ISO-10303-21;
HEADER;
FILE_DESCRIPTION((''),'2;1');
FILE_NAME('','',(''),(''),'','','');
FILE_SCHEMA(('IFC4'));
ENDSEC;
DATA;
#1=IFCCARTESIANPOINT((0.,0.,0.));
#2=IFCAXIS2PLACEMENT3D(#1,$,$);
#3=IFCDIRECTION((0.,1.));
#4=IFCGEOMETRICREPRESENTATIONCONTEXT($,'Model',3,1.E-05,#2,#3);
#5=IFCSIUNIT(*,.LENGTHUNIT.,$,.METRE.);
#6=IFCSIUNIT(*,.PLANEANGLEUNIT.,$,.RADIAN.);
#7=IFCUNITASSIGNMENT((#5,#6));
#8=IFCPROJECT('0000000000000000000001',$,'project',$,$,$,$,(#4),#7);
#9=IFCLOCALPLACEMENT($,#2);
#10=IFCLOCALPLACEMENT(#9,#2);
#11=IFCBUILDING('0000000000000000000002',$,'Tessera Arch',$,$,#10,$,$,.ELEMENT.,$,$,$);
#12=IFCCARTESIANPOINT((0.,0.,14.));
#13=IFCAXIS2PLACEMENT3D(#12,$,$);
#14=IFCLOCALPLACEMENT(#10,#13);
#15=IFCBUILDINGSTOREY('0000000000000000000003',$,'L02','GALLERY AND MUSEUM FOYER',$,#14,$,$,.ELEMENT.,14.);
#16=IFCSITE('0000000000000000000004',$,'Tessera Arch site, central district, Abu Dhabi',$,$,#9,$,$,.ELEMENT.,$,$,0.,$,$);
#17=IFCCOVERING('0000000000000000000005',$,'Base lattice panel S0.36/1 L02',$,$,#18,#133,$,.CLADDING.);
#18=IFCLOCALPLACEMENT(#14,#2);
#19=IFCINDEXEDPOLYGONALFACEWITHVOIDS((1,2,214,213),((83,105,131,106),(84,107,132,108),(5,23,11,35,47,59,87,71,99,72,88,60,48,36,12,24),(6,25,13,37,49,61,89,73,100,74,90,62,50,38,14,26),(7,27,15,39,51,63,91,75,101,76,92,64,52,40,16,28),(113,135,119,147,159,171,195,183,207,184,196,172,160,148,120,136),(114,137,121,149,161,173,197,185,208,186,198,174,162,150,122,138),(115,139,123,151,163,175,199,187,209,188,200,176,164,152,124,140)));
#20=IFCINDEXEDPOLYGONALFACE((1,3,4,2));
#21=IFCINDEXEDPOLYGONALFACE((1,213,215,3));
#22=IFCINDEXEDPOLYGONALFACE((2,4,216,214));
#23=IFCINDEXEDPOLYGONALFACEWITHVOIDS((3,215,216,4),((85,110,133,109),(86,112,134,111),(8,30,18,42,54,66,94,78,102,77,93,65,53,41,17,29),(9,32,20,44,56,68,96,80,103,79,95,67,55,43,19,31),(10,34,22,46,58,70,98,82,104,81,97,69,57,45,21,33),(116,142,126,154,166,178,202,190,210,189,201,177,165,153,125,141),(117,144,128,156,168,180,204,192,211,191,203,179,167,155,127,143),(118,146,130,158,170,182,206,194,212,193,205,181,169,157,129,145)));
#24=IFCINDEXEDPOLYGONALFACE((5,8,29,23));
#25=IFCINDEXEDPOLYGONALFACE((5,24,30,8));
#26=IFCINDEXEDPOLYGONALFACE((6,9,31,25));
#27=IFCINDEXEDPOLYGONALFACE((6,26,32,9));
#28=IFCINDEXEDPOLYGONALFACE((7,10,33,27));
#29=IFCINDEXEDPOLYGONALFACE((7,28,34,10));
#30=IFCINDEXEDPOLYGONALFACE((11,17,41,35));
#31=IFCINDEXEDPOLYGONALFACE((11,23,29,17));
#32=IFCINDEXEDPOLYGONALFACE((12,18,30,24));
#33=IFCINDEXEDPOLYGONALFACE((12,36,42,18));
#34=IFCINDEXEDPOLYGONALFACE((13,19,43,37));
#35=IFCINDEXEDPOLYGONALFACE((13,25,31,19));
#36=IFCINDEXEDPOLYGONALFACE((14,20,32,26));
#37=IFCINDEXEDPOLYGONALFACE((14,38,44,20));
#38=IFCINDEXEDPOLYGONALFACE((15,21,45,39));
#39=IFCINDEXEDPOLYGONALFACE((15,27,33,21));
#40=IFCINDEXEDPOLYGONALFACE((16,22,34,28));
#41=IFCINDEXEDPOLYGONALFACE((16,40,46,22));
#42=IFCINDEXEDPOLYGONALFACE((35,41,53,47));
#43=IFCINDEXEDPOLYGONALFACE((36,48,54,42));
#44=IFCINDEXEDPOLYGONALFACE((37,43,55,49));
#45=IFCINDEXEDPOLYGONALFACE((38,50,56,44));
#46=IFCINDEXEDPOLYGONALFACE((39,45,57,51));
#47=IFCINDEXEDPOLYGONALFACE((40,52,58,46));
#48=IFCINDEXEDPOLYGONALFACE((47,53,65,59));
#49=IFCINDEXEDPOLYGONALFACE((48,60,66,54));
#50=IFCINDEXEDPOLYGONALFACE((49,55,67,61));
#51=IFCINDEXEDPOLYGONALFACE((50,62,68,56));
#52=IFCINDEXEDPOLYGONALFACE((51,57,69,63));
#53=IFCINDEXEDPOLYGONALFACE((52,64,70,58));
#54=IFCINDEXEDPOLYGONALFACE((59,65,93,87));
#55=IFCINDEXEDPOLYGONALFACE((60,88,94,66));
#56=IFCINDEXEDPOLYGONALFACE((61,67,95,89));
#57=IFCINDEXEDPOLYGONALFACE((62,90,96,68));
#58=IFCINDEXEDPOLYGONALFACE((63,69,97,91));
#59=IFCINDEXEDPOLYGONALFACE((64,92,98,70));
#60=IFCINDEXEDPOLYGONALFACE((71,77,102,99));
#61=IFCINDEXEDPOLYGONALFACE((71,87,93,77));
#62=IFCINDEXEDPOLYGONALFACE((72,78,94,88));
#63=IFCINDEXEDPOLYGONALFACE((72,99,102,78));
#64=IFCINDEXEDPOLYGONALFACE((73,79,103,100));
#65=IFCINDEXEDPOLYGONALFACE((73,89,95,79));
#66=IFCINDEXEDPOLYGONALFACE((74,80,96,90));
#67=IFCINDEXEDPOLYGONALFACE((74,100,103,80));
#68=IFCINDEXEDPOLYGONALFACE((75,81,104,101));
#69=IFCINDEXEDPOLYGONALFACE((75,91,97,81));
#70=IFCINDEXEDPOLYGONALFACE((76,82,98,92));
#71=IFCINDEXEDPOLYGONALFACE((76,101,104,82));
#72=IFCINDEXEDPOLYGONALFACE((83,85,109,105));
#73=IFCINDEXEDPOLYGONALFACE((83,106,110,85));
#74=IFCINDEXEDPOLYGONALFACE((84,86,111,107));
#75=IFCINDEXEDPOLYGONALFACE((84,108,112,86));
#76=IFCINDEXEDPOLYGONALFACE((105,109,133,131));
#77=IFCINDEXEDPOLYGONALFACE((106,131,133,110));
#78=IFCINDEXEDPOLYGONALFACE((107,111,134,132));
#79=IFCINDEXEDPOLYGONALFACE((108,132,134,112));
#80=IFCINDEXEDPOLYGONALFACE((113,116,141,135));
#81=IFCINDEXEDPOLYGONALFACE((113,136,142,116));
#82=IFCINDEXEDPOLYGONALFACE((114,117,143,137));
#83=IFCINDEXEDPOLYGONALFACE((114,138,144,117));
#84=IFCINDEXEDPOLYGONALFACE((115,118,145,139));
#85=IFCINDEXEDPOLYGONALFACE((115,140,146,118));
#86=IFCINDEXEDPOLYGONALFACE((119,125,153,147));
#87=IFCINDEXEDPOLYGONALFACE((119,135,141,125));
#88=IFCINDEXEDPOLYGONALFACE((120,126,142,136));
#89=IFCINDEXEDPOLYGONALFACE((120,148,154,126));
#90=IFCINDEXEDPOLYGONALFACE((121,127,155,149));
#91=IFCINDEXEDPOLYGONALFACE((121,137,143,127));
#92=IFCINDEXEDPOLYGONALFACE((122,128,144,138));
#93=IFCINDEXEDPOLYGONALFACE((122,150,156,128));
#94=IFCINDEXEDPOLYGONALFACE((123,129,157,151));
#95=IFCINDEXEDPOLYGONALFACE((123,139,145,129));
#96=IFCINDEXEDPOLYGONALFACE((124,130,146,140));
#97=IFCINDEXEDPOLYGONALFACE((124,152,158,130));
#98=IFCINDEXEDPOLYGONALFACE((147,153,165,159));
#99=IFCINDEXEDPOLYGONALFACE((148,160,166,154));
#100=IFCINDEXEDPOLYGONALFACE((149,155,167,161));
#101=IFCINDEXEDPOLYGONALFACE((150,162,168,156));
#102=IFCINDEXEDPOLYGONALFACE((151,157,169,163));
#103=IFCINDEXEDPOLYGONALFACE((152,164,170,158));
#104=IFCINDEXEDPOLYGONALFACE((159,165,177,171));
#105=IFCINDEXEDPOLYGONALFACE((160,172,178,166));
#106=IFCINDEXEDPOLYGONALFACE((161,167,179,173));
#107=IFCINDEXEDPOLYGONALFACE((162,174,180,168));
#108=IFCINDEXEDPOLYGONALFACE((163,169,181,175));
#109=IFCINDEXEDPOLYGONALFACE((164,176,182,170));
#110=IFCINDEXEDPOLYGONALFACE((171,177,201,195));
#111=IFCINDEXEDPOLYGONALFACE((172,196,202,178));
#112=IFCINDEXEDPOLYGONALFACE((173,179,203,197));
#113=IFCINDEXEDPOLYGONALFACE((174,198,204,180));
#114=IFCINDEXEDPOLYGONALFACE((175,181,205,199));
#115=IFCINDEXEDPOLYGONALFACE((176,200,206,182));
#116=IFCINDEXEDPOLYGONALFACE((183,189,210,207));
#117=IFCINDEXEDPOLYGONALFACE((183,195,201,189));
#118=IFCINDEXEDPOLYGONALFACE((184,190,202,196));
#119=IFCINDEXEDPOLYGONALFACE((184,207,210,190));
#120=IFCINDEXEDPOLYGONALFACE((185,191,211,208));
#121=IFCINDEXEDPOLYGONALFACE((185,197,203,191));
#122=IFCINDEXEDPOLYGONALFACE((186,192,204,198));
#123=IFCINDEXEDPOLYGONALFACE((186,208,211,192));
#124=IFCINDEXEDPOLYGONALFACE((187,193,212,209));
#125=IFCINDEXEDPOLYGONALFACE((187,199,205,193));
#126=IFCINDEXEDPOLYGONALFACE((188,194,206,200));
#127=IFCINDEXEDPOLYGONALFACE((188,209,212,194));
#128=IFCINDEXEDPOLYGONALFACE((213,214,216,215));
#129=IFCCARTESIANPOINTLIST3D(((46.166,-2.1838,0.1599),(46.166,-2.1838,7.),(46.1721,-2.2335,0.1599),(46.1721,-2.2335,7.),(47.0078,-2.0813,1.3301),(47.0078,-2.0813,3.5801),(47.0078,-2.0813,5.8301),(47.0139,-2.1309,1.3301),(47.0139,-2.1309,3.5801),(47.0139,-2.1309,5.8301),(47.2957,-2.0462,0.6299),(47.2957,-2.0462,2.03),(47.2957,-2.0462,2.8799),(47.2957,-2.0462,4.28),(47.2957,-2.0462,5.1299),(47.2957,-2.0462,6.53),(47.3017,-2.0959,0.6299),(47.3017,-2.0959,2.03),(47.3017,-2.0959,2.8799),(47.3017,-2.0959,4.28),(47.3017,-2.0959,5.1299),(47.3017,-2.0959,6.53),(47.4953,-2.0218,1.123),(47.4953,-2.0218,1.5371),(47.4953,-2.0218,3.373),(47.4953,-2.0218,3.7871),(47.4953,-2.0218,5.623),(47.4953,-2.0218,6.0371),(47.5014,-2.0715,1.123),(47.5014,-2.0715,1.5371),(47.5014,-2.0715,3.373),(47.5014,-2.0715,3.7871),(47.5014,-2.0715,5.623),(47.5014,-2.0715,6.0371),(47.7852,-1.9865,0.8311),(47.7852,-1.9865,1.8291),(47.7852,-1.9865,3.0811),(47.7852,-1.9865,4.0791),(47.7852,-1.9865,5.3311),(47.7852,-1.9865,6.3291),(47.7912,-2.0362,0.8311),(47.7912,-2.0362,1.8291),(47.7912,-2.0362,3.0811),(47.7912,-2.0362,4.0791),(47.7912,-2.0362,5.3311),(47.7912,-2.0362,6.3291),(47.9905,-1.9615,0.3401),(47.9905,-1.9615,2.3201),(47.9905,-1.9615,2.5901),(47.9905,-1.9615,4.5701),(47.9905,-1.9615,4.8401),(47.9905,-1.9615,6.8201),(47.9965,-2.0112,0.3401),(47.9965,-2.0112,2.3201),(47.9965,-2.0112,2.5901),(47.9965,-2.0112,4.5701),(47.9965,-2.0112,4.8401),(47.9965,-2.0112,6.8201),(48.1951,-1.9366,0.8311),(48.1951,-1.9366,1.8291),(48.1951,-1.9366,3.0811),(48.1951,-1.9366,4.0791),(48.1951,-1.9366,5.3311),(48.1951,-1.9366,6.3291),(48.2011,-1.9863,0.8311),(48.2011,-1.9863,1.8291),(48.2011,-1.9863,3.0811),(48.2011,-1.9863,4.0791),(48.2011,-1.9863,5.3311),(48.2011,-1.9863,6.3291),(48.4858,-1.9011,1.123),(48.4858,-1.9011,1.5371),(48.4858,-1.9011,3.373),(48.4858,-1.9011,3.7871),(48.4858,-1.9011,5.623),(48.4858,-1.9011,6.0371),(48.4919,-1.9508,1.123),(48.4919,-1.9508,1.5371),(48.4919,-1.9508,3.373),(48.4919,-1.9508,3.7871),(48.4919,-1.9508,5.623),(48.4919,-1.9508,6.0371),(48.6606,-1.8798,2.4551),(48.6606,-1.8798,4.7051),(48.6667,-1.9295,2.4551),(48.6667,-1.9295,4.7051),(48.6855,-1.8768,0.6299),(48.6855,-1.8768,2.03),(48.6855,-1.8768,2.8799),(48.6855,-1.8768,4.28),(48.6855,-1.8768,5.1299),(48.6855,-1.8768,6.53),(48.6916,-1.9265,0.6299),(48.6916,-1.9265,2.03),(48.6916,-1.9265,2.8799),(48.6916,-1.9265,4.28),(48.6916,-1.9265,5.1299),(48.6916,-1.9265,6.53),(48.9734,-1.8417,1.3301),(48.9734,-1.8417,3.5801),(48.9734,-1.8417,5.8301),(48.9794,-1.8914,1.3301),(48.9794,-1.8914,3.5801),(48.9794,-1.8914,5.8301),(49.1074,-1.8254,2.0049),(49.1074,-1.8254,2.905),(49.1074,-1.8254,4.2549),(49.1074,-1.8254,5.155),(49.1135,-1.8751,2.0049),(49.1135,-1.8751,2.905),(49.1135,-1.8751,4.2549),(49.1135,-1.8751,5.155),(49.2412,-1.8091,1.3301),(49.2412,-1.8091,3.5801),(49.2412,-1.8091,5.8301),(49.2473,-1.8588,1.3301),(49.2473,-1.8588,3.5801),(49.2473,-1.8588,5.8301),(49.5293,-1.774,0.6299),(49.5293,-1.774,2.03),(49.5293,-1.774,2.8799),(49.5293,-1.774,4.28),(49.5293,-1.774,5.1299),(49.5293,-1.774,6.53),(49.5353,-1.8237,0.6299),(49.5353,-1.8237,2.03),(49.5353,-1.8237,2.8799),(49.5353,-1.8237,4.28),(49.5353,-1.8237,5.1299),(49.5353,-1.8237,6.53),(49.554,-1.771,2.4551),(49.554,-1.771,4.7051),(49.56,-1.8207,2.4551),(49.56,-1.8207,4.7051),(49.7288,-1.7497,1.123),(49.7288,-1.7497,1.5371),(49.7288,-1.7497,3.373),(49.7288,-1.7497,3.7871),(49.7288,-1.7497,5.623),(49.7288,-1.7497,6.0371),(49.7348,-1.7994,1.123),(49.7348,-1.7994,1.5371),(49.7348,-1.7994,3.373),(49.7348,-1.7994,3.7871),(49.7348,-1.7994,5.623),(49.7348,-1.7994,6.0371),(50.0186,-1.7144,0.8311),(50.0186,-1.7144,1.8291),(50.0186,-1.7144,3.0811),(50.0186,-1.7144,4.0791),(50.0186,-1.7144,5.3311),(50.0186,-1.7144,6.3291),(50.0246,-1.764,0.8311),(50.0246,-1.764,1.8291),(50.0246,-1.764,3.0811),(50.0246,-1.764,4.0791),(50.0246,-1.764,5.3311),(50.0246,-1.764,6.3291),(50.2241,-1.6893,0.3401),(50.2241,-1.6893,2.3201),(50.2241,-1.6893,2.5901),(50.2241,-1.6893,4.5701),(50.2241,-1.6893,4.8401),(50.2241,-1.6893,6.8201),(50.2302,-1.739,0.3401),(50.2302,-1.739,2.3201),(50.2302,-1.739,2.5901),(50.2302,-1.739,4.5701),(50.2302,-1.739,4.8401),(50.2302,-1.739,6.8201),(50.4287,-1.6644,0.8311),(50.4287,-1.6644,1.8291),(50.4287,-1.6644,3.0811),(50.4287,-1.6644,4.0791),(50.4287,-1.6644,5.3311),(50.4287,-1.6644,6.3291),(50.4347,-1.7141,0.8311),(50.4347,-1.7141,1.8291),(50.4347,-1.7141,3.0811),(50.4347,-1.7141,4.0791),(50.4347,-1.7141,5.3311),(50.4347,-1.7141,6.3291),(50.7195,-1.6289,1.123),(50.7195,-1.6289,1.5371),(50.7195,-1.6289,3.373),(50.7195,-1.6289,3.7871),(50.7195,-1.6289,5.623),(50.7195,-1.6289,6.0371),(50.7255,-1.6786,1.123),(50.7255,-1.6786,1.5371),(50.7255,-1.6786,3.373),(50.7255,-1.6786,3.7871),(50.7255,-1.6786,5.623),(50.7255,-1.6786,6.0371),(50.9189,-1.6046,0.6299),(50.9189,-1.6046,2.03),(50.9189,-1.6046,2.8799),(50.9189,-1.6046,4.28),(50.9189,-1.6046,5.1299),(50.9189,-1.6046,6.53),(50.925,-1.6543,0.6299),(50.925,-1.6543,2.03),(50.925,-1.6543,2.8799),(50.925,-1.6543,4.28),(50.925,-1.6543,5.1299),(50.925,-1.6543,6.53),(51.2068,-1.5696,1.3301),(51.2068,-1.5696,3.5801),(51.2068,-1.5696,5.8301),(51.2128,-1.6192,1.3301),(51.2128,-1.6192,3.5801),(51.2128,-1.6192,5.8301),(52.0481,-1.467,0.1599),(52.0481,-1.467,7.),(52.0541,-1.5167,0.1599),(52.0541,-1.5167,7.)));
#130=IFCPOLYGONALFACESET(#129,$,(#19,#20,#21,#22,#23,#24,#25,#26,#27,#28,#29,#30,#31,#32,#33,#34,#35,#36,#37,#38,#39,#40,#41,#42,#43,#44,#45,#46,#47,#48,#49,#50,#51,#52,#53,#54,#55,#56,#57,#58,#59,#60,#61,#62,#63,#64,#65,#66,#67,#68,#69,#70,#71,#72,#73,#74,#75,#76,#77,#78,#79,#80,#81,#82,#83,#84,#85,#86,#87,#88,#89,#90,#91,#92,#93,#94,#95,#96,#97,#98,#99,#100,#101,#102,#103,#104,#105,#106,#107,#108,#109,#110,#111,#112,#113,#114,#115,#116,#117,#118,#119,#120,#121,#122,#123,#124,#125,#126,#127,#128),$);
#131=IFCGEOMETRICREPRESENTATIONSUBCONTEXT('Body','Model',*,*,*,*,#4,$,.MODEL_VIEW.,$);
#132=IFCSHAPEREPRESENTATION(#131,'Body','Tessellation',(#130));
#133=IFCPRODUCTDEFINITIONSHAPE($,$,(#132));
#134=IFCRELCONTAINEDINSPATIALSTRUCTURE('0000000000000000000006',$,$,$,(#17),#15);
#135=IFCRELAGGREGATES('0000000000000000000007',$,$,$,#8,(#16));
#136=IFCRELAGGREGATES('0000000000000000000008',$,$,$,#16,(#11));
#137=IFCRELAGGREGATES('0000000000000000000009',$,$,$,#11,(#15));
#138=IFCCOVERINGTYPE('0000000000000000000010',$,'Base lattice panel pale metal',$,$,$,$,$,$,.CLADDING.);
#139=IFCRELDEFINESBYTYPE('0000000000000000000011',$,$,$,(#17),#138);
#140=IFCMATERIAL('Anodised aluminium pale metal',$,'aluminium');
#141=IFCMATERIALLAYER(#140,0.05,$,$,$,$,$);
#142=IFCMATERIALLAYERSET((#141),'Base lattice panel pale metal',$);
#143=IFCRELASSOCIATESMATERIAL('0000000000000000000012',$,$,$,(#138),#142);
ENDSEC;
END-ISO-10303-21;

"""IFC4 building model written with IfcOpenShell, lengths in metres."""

from ifc_helpers import new_model, si_unit, direction, frame, origin, place, context, subcontext, project, spatial, polyline, outline, extrude, material, layer, layer_set, type_object, element, save


model = new_model("IFC4")

# Units and contexts
model_context = context("Model", 3, precision=1e-05, world=origin(), true_north=direction((0.0, 1.0)))
body_context = subcontext(model_context, "Body", "Model", "MODEL_VIEW")
ifc_project = project(units=[si_unit("LENGTHUNIT", "METRE"), si_unit("PLANEANGLEUNIT", "RADIAN")], contexts=[model_context])

# Site, building, storey
site_placement = place(None, origin())
site = spatial("IfcSite", under=ifc_project, at=site_placement, Name="Tessera Arch site, central district, Abu Dhabi", CompositionType="ELEMENT", RefElevation=0.0)
building_placement = place(site_placement, origin())
building = spatial("IfcBuilding", under=site, at=building_placement, Name="Tessera Arch", CompositionType="ELEMENT")
storey_placement = place(building_placement, frame((0.0, 0.0, 14.0)))
storey = spatial("IfcBuildingStorey", under=building, at=storey_placement, Name="L02", Description="GALLERY AND MUSEUM FOYER", CompositionType="ELEMENT", Elevation=14.0)

# Covering
ifc_material_1 = material(Name="Anodised aluminium pale metal", Category="aluminium")
ifc_layer_1 = layer(ifc_material_1, 0.05)
ifc_layer_set_1 = layer_set([ifc_layer_1], Name="Base lattice panel pale metal")
covering_type_1 = type_object("IfcCoveringType", Name="Base lattice panel pale metal", PredefinedType="CLADDING", material=ifc_layer_set_1)
covering_1_placement = place(storey_placement, frame((46.166, -2.1838, 7.0), z_axis=(-0.120966, 0.992657, 0.0), x_axis=(0.992657, 0.120966, 0.0)))
element("IfcCovering", 1, at=covering_1_placement, inside=storey, type_object=covering_type_1, Name="Base lattice panel S0.36/1 L02", PredefinedType="CLADDING", context=body_context, shape_type="SweptSolid", body=[
    extrude(outline(polyline([(0.0, 0.0), (5.9256, 0.0), (5.9256, 6.8401), (0.0, 6.8401), (0.0, 0.0)]), holes=[polyline([(2.8281, 5.6699), (2.337, 5.4629), (2.5382, 4.97), (2.0441, 5.1709), (1.838, 4.6799), (1.6311, 5.1709), (1.138, 4.97), (1.3392, 5.4629), (0.848, 5.6699), (1.3392, 5.877), (1.138, 6.3701), (1.6311, 6.1689), (1.838, 6.6599), (2.0441, 6.1689), (2.5382, 6.3701), (2.337, 5.877), (2.8281, 5.6699)]), polyline([(2.8281, 3.4199), (2.337, 3.2129), (2.5382, 2.72), (2.0441, 2.9209), (1.838, 2.4299), (1.6311, 2.9209), (1.138, 2.72), (1.3392, 3.2129), (0.848, 3.4199), (1.3392, 3.627), (1.138, 4.1201), (1.6311, 3.9189), (1.838, 4.4099), (2.0441, 3.9189), (2.5382, 4.1201), (2.337, 3.627), (2.8281, 3.4199)]), polyline([(2.8281, 1.1699), (2.337, 0.9629), (2.5382, 0.47), (2.0441, 0.6709), (1.838, 0.1799), (1.6311, 0.6709), (1.138, 0.47), (1.3392, 0.9629), (0.848, 1.1699), (1.3392, 1.377), (1.138, 1.8701), (1.6311, 1.6689), (1.838, 2.1599), (2.0441, 1.6689), (2.5382, 1.8701), (2.337, 1.377), (2.8281, 1.1699)]), polyline([(5.0781, 5.6699), (4.5872, 5.4629), (4.7881, 4.97), (4.2942, 5.1709), (4.0881, 4.6799), (3.881, 5.1709), (3.3881, 4.97), (3.5891, 5.4629), (3.0979, 5.6699), (3.5891, 5.877), (3.3881, 6.3701), (3.881, 6.1689), (4.0881, 6.6599), (4.2942, 6.1689), (4.7881, 6.3701), (4.5872, 5.877), (5.0781, 5.6699)]), polyline([(5.0781, 3.4199), (4.5872, 3.2129), (4.7881, 2.72), (4.2942, 2.9209), (4.0881, 2.4299), (3.881, 2.9209), (3.3881, 2.72), (3.5891, 3.2129), (3.0979, 3.4199), (3.5891, 3.627), (3.3881, 4.1201), (3.881, 3.9189), (4.0881, 4.4099), (4.2942, 3.9189), (4.7881, 4.1201), (4.5872, 3.627), (5.0781, 3.4199)]), polyline([(5.0781, 1.1699), (4.5872, 0.9629), (4.7881, 0.47), (4.2942, 0.6709), (4.0881, 0.1799), (3.881, 0.6709), (3.3881, 0.47), (3.5891, 0.9629), (3.0979, 1.1699), (3.5891, 1.377), (3.3881, 1.8701), (3.881, 1.6689), (4.0881, 2.1599), (4.2942, 1.6689), (4.7881, 1.8701), (4.5872, 1.377), (5.0781, 1.1699)]), polyline([(3.413, 4.5449), (2.9632, 4.095), (2.5131, 4.5449), (2.9632, 4.9951), (3.413, 4.5449)]), polyline([(3.413, 2.2949), (2.9632, 1.845), (2.5131, 2.2949), (2.9632, 2.7451), (3.413, 2.2949)])]), origin(), (0.0, 0.0, -1.0), 0.05),
])

save(model, "model.ifc")
